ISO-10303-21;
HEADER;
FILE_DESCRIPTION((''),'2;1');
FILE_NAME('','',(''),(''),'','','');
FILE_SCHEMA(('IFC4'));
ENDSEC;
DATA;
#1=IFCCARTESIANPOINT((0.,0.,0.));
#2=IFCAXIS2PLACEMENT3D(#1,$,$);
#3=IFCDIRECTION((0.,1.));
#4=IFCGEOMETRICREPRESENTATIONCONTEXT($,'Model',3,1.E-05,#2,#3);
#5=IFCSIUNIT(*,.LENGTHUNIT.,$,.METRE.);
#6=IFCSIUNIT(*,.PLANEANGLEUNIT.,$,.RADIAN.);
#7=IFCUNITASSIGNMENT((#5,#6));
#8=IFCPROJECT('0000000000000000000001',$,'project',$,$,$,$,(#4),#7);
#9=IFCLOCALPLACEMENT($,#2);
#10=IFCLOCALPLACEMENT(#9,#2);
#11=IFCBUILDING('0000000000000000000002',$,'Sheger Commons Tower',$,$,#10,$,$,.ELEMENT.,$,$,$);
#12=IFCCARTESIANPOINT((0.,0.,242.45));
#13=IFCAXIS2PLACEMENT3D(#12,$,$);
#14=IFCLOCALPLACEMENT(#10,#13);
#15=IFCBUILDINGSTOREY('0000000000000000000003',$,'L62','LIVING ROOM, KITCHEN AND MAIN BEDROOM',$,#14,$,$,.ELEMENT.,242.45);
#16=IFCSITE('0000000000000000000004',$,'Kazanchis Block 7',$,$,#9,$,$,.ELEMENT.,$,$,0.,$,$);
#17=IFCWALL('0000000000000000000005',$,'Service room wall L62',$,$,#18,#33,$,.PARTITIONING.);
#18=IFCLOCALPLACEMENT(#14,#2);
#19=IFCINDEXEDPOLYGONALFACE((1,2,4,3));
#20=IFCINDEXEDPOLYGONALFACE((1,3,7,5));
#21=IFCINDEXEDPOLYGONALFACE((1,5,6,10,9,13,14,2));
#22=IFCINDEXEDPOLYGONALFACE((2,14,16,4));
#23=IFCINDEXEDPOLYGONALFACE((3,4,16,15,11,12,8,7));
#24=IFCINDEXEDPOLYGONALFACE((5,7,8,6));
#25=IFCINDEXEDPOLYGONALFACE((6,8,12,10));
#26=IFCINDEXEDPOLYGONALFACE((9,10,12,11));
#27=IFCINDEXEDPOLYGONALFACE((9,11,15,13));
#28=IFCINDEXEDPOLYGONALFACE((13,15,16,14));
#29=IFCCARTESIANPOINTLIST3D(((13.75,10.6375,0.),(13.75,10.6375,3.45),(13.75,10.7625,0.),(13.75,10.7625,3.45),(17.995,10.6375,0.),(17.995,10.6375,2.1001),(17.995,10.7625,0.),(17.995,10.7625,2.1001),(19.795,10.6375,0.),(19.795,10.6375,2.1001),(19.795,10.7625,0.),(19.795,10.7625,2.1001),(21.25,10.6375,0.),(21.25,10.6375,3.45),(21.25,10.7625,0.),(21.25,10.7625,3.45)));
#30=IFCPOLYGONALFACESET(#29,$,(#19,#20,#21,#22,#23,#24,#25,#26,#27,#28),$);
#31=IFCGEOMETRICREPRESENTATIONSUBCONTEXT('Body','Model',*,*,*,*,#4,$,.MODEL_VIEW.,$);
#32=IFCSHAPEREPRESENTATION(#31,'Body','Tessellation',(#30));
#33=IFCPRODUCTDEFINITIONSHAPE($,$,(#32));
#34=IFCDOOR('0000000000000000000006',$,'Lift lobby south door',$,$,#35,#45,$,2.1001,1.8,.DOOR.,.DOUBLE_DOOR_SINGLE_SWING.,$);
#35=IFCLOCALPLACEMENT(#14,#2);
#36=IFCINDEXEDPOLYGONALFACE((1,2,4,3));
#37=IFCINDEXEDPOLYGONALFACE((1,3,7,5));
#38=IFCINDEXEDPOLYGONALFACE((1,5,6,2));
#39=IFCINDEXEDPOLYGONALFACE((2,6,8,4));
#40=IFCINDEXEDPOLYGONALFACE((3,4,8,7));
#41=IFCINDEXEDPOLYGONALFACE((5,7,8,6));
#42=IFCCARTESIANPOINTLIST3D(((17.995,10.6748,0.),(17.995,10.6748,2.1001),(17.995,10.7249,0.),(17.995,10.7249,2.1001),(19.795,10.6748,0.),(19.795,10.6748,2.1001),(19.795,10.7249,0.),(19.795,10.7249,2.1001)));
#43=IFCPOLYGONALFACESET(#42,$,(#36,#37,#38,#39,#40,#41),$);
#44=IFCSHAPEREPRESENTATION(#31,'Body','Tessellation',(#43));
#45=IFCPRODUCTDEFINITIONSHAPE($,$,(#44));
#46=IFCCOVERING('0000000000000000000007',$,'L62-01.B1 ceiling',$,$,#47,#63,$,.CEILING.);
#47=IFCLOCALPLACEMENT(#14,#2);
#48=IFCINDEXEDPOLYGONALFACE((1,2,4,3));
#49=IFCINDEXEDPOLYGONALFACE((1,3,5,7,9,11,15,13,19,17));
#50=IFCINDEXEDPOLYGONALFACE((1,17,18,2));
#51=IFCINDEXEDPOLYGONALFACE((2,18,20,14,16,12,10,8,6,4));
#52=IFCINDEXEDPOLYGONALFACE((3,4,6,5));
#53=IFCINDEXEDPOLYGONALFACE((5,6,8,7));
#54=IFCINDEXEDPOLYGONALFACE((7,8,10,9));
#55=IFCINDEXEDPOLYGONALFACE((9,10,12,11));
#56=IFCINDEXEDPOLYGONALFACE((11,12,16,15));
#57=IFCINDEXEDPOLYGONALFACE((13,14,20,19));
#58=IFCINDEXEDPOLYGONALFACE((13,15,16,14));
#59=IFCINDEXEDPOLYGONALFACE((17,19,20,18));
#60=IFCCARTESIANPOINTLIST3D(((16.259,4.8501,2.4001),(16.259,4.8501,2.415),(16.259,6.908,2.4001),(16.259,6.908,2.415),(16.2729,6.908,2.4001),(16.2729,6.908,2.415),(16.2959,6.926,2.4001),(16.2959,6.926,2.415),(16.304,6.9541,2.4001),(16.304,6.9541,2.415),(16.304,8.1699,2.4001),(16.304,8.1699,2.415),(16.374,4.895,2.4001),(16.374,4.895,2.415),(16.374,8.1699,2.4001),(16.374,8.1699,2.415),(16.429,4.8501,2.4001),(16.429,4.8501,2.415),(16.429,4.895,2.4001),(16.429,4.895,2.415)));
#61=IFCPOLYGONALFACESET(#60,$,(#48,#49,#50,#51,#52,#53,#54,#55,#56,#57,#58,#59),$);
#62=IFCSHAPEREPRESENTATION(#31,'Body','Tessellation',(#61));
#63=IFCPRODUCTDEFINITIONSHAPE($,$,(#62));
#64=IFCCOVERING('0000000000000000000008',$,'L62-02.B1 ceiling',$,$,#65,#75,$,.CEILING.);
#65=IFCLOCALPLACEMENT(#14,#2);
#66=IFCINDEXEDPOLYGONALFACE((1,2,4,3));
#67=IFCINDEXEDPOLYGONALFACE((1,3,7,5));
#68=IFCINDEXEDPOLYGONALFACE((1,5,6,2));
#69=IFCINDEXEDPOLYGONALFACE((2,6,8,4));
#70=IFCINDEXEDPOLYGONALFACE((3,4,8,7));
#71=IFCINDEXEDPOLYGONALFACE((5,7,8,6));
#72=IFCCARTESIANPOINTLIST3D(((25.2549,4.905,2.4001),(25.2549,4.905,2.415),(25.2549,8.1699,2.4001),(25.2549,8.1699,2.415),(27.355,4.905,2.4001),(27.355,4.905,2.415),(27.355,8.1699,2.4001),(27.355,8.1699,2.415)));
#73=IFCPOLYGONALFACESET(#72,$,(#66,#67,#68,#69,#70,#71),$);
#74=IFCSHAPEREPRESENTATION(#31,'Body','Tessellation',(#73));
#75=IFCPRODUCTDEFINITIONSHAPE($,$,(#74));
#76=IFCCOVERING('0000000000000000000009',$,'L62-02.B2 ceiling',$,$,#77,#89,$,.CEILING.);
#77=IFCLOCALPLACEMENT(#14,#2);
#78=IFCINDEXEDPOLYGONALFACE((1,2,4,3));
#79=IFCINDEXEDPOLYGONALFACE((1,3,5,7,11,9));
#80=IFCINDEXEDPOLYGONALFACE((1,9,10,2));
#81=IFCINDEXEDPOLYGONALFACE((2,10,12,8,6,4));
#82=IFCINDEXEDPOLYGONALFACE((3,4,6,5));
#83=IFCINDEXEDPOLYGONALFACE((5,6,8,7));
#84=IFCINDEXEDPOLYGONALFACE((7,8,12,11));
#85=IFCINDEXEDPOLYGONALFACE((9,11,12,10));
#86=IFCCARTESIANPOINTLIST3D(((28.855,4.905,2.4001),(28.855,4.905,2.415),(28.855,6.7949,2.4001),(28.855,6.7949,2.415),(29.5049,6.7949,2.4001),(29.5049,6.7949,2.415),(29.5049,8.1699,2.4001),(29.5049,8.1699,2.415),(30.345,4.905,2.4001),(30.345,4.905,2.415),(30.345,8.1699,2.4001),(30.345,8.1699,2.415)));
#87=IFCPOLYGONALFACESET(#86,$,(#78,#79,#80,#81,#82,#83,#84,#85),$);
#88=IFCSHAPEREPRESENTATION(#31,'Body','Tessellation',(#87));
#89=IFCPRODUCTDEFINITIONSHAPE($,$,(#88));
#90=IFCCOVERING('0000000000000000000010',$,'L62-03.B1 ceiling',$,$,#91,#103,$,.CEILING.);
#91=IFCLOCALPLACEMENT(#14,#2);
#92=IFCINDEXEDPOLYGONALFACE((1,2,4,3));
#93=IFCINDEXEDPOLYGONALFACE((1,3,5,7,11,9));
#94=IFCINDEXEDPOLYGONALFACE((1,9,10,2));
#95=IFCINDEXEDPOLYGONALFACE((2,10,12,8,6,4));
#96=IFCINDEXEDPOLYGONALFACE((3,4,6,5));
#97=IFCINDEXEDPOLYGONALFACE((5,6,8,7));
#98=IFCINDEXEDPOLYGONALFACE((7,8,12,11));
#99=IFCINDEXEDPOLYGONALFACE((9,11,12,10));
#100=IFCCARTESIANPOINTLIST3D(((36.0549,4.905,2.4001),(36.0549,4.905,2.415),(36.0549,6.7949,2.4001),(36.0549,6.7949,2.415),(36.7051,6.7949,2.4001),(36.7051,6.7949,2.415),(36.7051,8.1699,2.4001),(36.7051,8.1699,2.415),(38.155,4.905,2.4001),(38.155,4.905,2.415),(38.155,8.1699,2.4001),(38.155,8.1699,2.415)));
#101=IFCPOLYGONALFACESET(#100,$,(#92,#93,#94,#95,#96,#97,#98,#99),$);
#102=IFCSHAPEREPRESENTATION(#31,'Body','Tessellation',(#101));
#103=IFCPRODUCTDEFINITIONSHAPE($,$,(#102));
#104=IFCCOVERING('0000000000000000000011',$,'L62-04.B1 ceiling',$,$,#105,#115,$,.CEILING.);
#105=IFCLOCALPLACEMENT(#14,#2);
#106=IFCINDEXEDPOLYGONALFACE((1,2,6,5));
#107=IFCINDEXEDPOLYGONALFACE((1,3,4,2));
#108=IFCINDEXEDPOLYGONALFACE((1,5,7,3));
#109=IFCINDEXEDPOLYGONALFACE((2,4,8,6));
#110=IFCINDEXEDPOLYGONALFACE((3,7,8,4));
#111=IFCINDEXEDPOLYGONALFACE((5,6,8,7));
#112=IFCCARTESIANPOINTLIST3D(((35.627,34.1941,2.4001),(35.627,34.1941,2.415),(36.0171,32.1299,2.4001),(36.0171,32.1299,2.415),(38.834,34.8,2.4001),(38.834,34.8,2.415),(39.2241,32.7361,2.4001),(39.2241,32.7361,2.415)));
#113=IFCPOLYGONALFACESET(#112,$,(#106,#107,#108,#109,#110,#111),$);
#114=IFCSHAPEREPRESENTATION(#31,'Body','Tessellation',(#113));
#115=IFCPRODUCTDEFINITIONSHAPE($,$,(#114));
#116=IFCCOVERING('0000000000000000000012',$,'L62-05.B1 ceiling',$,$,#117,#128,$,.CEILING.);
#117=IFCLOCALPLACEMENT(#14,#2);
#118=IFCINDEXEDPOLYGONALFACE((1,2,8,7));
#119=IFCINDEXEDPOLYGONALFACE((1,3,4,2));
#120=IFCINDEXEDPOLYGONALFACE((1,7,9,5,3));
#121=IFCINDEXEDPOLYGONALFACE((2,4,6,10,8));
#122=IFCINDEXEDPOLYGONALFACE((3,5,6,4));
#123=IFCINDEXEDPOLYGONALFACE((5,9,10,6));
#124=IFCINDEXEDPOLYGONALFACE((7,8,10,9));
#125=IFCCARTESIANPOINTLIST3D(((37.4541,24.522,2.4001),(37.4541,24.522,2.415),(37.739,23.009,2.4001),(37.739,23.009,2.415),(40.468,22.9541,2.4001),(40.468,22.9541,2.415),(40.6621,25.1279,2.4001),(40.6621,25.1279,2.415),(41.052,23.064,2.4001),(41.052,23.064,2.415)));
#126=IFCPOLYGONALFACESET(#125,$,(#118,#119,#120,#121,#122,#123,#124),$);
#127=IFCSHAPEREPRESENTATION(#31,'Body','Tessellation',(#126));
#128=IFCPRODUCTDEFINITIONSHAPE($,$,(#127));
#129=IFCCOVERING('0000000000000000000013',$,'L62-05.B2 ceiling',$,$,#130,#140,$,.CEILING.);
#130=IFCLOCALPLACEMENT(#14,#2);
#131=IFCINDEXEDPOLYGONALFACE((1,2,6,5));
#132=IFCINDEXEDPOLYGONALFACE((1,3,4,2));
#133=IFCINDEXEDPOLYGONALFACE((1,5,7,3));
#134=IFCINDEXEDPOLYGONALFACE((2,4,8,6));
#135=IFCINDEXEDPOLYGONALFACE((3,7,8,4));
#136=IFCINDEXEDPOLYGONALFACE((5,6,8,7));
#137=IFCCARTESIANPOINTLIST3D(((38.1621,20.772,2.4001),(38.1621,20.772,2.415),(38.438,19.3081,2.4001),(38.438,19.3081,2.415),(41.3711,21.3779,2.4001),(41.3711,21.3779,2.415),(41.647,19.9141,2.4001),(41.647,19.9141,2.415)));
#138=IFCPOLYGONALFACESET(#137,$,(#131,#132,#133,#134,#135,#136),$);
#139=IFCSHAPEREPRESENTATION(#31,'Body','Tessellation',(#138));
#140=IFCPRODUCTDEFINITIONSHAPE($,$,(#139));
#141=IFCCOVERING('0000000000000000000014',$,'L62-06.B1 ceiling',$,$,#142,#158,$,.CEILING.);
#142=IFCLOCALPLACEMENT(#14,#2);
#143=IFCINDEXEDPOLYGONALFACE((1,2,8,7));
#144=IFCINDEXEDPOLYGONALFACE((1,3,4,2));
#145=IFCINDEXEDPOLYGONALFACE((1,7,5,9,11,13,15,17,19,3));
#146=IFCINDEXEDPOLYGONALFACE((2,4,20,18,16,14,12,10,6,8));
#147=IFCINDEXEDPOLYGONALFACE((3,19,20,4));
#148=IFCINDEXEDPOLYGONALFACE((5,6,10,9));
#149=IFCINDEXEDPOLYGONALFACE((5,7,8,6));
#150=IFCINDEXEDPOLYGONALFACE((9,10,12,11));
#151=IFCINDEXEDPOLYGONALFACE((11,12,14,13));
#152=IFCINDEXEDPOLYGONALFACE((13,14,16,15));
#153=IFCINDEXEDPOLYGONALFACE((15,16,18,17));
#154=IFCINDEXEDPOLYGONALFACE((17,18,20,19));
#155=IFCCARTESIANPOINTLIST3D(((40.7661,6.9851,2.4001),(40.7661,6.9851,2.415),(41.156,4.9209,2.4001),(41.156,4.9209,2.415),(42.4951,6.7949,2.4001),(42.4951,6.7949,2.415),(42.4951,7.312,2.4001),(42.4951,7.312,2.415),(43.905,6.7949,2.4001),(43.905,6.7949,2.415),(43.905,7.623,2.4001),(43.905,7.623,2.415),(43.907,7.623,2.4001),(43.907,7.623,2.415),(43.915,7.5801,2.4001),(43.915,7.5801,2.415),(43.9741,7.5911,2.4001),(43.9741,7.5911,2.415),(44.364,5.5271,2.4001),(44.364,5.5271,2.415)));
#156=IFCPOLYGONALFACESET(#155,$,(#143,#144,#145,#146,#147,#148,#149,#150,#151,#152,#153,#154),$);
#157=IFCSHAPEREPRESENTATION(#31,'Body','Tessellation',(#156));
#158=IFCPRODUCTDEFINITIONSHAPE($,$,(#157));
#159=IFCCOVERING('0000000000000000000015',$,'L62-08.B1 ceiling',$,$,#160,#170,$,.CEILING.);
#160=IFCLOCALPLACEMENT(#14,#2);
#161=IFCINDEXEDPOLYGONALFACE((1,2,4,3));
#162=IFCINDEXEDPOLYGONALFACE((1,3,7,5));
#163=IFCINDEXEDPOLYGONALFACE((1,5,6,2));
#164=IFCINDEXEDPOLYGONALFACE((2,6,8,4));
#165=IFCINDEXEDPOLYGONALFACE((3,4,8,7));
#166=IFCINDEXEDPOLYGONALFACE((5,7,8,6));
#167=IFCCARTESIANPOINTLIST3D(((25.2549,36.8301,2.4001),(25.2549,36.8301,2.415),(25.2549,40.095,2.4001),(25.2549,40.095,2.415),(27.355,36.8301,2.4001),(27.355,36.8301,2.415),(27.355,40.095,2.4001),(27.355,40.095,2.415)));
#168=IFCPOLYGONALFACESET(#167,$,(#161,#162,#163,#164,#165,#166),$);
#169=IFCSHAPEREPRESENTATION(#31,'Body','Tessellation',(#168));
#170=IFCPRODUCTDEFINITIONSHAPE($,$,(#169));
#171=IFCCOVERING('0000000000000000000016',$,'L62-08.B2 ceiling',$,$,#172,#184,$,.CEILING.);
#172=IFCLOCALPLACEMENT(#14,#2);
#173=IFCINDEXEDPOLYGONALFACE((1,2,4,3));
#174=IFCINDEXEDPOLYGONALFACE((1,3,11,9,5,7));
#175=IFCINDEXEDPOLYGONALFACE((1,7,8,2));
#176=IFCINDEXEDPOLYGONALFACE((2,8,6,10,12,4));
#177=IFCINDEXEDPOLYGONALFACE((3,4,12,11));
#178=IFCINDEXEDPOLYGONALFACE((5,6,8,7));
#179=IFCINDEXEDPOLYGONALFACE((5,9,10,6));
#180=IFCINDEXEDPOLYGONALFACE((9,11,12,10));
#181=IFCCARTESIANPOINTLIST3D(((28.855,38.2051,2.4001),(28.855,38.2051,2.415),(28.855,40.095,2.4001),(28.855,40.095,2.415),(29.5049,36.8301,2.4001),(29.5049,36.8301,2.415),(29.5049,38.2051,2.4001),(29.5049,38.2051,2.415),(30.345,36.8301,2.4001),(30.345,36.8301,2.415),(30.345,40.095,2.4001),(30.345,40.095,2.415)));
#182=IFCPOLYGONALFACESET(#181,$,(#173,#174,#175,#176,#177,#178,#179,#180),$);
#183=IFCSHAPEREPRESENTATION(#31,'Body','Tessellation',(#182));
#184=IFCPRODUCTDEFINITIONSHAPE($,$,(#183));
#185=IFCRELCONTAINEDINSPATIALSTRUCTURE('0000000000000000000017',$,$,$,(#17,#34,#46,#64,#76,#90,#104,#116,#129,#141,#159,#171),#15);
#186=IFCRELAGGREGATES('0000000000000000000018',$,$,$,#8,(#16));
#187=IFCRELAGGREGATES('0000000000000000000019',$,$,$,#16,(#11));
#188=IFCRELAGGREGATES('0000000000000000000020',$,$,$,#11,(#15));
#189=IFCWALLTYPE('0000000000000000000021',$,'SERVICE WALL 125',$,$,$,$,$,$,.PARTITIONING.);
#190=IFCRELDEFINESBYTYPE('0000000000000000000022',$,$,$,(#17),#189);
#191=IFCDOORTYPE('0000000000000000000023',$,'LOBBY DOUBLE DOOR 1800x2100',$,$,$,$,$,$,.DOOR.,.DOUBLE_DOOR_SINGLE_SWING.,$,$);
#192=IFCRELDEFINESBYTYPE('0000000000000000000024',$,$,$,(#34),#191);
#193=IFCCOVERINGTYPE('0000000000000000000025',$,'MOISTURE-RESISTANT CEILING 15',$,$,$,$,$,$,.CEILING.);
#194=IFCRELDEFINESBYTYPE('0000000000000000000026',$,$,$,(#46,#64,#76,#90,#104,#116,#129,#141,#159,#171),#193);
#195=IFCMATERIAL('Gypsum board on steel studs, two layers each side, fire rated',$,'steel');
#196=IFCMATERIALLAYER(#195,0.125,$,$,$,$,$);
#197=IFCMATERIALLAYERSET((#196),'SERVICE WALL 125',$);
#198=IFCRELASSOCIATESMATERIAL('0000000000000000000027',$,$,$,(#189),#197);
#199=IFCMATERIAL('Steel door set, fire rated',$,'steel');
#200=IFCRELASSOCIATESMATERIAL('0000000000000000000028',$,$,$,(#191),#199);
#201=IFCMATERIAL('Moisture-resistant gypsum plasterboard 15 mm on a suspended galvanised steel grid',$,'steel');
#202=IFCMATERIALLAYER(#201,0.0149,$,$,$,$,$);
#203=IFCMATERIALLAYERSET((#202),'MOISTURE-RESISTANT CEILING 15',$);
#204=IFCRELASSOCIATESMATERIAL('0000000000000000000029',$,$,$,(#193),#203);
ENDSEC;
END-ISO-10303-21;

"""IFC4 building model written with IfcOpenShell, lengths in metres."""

from ifc_helpers import new_model, si_unit, direction, frame, frame_2d, origin, place, context, subcontext, project, spatial, polyline, rectangle, outline, extrude, material, layer, layer_set, type_object, element, fill, save


model = new_model("IFC4")

# Units and contexts
model_context = context("Model", 3, precision=1e-05, world=origin(), true_north=direction((0.0, 1.0)))
body_context = subcontext(model_context, "Body", "Model", "MODEL_VIEW")
ifc_project = project(units=[si_unit("LENGTHUNIT", "METRE"), si_unit("PLANEANGLEUNIT", "RADIAN")], contexts=[model_context])

# Site, building, storey
site_placement = place(None, origin())
site = spatial("IfcSite", under=ifc_project, at=site_placement, Name="Kazanchis Block 7", CompositionType="ELEMENT", RefElevation=0.0)
building_placement = place(site_placement, origin())
building = spatial("IfcBuilding", under=site, at=building_placement, Name="Sheger Commons Tower", CompositionType="ELEMENT")
storey_placement = place(building_placement, frame((0.0, 0.0, 242.45)))
storey = spatial("IfcBuildingStorey", under=building, at=storey_placement, Name="L62", Description="LIVING ROOM, KITCHEN AND MAIN BEDROOM", CompositionType="ELEMENT", Elevation=242.45)

# Wall, opening, door
ifc_material_1 = material(Name="Gypsum board on steel studs, two layers each side, fire rated", Category="steel")
ifc_layer_1 = layer(ifc_material_1, 0.125)
ifc_layer_set_1 = layer_set([ifc_layer_1], Name="SERVICE WALL 125")
wall_type_1 = type_object("IfcWallType", Name="SERVICE WALL 125", PredefinedType="PARTITIONING", material=ifc_layer_set_1)
wall_1_placement = place(storey_placement, frame((13.75, 10.7, 0.0), z_axis=(0.0, 0.0, 1.0), x_axis=(1.0, 0.0, 0.0)))
wall_1 = element("IfcWall", 1, at=wall_1_placement, inside=storey, type_object=wall_type_1, Name="Service room wall L62", PredefinedType="PARTITIONING", context=body_context, shape_type="SweptSolid", body=[
    extrude(rectangle(XDim=7.5, YDim=0.125, at=frame_2d((3.75, 0.0))), origin(), (0.0, 0.0, 1.0), 3.45),
])
opening_placement = place(wall_1_placement, frame((4.2451, 0.0, 0.0)))
opening = element("IfcOpeningElement", 2, at=opening_placement, cuts=wall_1, PredefinedType="OPENING", context=body_context, shape_type="SweptSolid", body=[
    extrude(rectangle(XDim=1.8, YDim=2.1001, at=frame_2d((0.8999, 1.05))), frame((0.0, 0.0725, 0.0), z_axis=(0.0, -1.0, 0.0), x_axis=(1.0, 0.0, 0.0)), (0.0, 0.0, 1.0), 0.145),
])
ifc_material_2 = material(Name="Steel door set, fire rated", Category="steel")
door_type = type_object("IfcDoorType", Name="LOBBY DOUBLE DOOR 1800x2100", OperationType="DOUBLE_DOOR_SINGLE_SWING", PredefinedType="DOOR", material=ifc_material_2)
door_placement = place(opening_placement, origin())
door = element("IfcDoor", 3, at=door_placement, inside=storey, type_object=door_type, Name="Lift lobby south door", OperationType="DOUBLE_DOOR_SINGLE_SWING", OverallHeight=2.1001, OverallWidth=1.8, PredefinedType="DOOR", context=body_context, shape_type="SweptSolid", body=[
    extrude(rectangle(XDim=1.8, YDim=2.1001, at=frame_2d((0.8999, 1.05))), frame((0.0, 0.0249, 0.0), z_axis=(0.0, -1.0, 0.0), x_axis=(1.0, 0.0, 0.0)), (0.0, 0.0, 1.0), 0.05),
])
fill(opening, door)

# Coverings
ifc_material_3 = material(Name="Moisture-resistant gypsum plasterboard 15 mm on a suspended galvanised steel grid", Category="steel")
ifc_layer_2 = layer(ifc_material_3, 0.0149)
ifc_layer_set_2 = layer_set([ifc_layer_2], Name="MOISTURE-RESISTANT CEILING 15")
covering_type_1 = type_object("IfcCoveringType", Name="MOISTURE-RESISTANT CEILING 15", PredefinedType="CEILING", material=ifc_layer_set_2)
covering_1_placement = place(storey_placement, frame((0.0, 0.0, 2.4001)))
element("IfcCovering", 4, at=covering_1_placement, inside=storey, type_object=covering_type_1, Name="L62-01.B1 ceiling", PredefinedType="CEILING", context=body_context, shape_type="SweptSolid", body=[
    extrude(outline(polyline([(16.259, 4.8501), (16.429, 4.8501), (16.429, 4.895), (16.374, 4.895), (16.374, 8.1699), (16.304, 8.1699), (16.304, 6.9541), (16.2959, 6.926), (16.2729, 6.908), (16.259, 6.908), (16.259, 4.8501)])), origin(), (0.0, 0.0, 1.0), 0.0149),
])
covering_2_placement = place(storey_placement, frame((0.0, 0.0, 2.4001)))
element("IfcCovering", 5, at=covering_2_placement, inside=storey, type_object=covering_type_1, Name="L62-02.B1 ceiling", PredefinedType="CEILING", context=body_context, shape_type="SweptSolid", body=[
    extrude(outline(polyline([(25.2549, 4.905), (27.355, 4.905), (27.355, 8.1699), (25.2549, 8.1699), (25.2549, 4.905)])), origin(), (0.0, 0.0, 1.0), 0.0149),
])
covering_3_placement = place(storey_placement, frame((0.0, 0.0, 2.4001)))
element("IfcCovering", 6, at=covering_3_placement, inside=storey, type_object=covering_type_1, Name="L62-02.B2 ceiling", PredefinedType="CEILING", context=body_context, shape_type="SweptSolid", body=[
    extrude(outline(polyline([(28.855, 4.905), (30.345, 4.905), (30.345, 8.1699), (29.5049, 8.1699), (29.5049, 6.7949), (28.855, 6.7949), (28.855, 4.905)])), origin(), (0.0, 0.0, 1.0), 0.0149),
])
covering_4_placement = place(storey_placement, frame((0.0, 0.0, 2.4001)))
element("IfcCovering", 7, at=covering_4_placement, inside=storey, type_object=covering_type_1, Name="L62-03.B1 ceiling", PredefinedType="CEILING", context=body_context, shape_type="SweptSolid", body=[
    extrude(outline(polyline([(36.0549, 4.905), (38.155, 4.905), (38.155, 8.1699), (36.7051, 8.1699), (36.7051, 6.7949), (36.0549, 6.7949), (36.0549, 4.905)])), origin(), (0.0, 0.0, 1.0), 0.0149),
])
covering_5_placement = place(storey_placement, frame((0.0, 0.0, 2.4001)))
element("IfcCovering", 8, at=covering_5_placement, inside=storey, type_object=covering_type_1, Name="L62-04.B1 ceiling", PredefinedType="CEILING", context=body_context, shape_type="SweptSolid", body=[
    extrude(outline(polyline([(36.0171, 32.1299), (39.2241, 32.7361), (38.834, 34.8), (35.627, 34.1941), (36.0171, 32.1299)])), origin(), (0.0, 0.0, 1.0), 0.0149),
])
covering_6_placement = place(storey_placement, frame((0.0, 0.0, 2.4001)))
element("IfcCovering", 9, at=covering_6_placement, inside=storey, type_object=covering_type_1, Name="L62-05.B1 ceiling", PredefinedType="CEILING", context=body_context, shape_type="SweptSolid", body=[
    extrude(outline(polyline([(40.468, 22.9541), (41.052, 23.064), (40.6621, 25.1279), (37.4541, 24.522), (37.739, 23.009), (40.468, 22.9541)])), origin(), (0.0, 0.0, 1.0), 0.0149),
])
covering_7_placement = place(storey_placement, frame((0.0, 0.0, 2.4001)))
element("IfcCovering", 10, at=covering_7_placement, inside=storey, type_object=covering_type_1, Name="L62-05.B2 ceiling", PredefinedType="CEILING", context=body_context, shape_type="SweptSolid", body=[
    extrude(outline(polyline([(38.438, 19.3081), (41.647, 19.9141), (41.3711, 21.3779), (38.1621, 20.772), (38.438, 19.3081)])), origin(), (0.0, 0.0, 1.0), 0.0149),
])
covering_8_placement = place(storey_placement, frame((0.0, 0.0, 2.4001)))
element("IfcCovering", 11, at=covering_8_placement, inside=storey, type_object=covering_type_1, Name="L62-06.B1 ceiling", PredefinedType="CEILING", context=body_context, shape_type="SweptSolid", body=[
    extrude(outline(polyline([(41.156, 4.9209), (44.364, 5.5271), (43.9741, 7.5911), (43.915, 7.5801), (43.907, 7.623), (43.905, 7.623), (43.905, 6.7949), (42.4951, 6.7949), (42.4951, 7.312), (40.7661, 6.9851), (41.156, 4.9209)])), origin(), (0.0, 0.0, 1.0), 0.0149),
])
covering_9_placement = place(storey_placement, frame((0.0, 0.0, 2.4001)))
element("IfcCovering", 12, at=covering_9_placement, inside=storey, type_object=covering_type_1, Name="L62-08.B1 ceiling", PredefinedType="CEILING", context=body_context, shape_type="SweptSolid", body=[
    extrude(outline(polyline([(25.2549, 36.8301), (27.355, 36.8301), (27.355, 40.095), (25.2549, 40.095), (25.2549, 36.8301)])), origin(), (0.0, 0.0, 1.0), 0.0149),
])
covering_10_placement = place(storey_placement, frame((0.0, 0.0, 2.4001)))
element("IfcCovering", 13, at=covering_10_placement, inside=storey, type_object=covering_type_1, Name="L62-08.B2 ceiling", PredefinedType="CEILING", context=body_context, shape_type="SweptSolid", body=[
    extrude(outline(polyline([(29.5049, 36.8301), (30.345, 36.8301), (30.345, 40.095), (28.855, 40.095), (28.855, 38.2051), (29.5049, 38.2051), (29.5049, 36.8301)])), origin(), (0.0, 0.0, 1.0), 0.0149),
])

save(model, "model.ifc")
